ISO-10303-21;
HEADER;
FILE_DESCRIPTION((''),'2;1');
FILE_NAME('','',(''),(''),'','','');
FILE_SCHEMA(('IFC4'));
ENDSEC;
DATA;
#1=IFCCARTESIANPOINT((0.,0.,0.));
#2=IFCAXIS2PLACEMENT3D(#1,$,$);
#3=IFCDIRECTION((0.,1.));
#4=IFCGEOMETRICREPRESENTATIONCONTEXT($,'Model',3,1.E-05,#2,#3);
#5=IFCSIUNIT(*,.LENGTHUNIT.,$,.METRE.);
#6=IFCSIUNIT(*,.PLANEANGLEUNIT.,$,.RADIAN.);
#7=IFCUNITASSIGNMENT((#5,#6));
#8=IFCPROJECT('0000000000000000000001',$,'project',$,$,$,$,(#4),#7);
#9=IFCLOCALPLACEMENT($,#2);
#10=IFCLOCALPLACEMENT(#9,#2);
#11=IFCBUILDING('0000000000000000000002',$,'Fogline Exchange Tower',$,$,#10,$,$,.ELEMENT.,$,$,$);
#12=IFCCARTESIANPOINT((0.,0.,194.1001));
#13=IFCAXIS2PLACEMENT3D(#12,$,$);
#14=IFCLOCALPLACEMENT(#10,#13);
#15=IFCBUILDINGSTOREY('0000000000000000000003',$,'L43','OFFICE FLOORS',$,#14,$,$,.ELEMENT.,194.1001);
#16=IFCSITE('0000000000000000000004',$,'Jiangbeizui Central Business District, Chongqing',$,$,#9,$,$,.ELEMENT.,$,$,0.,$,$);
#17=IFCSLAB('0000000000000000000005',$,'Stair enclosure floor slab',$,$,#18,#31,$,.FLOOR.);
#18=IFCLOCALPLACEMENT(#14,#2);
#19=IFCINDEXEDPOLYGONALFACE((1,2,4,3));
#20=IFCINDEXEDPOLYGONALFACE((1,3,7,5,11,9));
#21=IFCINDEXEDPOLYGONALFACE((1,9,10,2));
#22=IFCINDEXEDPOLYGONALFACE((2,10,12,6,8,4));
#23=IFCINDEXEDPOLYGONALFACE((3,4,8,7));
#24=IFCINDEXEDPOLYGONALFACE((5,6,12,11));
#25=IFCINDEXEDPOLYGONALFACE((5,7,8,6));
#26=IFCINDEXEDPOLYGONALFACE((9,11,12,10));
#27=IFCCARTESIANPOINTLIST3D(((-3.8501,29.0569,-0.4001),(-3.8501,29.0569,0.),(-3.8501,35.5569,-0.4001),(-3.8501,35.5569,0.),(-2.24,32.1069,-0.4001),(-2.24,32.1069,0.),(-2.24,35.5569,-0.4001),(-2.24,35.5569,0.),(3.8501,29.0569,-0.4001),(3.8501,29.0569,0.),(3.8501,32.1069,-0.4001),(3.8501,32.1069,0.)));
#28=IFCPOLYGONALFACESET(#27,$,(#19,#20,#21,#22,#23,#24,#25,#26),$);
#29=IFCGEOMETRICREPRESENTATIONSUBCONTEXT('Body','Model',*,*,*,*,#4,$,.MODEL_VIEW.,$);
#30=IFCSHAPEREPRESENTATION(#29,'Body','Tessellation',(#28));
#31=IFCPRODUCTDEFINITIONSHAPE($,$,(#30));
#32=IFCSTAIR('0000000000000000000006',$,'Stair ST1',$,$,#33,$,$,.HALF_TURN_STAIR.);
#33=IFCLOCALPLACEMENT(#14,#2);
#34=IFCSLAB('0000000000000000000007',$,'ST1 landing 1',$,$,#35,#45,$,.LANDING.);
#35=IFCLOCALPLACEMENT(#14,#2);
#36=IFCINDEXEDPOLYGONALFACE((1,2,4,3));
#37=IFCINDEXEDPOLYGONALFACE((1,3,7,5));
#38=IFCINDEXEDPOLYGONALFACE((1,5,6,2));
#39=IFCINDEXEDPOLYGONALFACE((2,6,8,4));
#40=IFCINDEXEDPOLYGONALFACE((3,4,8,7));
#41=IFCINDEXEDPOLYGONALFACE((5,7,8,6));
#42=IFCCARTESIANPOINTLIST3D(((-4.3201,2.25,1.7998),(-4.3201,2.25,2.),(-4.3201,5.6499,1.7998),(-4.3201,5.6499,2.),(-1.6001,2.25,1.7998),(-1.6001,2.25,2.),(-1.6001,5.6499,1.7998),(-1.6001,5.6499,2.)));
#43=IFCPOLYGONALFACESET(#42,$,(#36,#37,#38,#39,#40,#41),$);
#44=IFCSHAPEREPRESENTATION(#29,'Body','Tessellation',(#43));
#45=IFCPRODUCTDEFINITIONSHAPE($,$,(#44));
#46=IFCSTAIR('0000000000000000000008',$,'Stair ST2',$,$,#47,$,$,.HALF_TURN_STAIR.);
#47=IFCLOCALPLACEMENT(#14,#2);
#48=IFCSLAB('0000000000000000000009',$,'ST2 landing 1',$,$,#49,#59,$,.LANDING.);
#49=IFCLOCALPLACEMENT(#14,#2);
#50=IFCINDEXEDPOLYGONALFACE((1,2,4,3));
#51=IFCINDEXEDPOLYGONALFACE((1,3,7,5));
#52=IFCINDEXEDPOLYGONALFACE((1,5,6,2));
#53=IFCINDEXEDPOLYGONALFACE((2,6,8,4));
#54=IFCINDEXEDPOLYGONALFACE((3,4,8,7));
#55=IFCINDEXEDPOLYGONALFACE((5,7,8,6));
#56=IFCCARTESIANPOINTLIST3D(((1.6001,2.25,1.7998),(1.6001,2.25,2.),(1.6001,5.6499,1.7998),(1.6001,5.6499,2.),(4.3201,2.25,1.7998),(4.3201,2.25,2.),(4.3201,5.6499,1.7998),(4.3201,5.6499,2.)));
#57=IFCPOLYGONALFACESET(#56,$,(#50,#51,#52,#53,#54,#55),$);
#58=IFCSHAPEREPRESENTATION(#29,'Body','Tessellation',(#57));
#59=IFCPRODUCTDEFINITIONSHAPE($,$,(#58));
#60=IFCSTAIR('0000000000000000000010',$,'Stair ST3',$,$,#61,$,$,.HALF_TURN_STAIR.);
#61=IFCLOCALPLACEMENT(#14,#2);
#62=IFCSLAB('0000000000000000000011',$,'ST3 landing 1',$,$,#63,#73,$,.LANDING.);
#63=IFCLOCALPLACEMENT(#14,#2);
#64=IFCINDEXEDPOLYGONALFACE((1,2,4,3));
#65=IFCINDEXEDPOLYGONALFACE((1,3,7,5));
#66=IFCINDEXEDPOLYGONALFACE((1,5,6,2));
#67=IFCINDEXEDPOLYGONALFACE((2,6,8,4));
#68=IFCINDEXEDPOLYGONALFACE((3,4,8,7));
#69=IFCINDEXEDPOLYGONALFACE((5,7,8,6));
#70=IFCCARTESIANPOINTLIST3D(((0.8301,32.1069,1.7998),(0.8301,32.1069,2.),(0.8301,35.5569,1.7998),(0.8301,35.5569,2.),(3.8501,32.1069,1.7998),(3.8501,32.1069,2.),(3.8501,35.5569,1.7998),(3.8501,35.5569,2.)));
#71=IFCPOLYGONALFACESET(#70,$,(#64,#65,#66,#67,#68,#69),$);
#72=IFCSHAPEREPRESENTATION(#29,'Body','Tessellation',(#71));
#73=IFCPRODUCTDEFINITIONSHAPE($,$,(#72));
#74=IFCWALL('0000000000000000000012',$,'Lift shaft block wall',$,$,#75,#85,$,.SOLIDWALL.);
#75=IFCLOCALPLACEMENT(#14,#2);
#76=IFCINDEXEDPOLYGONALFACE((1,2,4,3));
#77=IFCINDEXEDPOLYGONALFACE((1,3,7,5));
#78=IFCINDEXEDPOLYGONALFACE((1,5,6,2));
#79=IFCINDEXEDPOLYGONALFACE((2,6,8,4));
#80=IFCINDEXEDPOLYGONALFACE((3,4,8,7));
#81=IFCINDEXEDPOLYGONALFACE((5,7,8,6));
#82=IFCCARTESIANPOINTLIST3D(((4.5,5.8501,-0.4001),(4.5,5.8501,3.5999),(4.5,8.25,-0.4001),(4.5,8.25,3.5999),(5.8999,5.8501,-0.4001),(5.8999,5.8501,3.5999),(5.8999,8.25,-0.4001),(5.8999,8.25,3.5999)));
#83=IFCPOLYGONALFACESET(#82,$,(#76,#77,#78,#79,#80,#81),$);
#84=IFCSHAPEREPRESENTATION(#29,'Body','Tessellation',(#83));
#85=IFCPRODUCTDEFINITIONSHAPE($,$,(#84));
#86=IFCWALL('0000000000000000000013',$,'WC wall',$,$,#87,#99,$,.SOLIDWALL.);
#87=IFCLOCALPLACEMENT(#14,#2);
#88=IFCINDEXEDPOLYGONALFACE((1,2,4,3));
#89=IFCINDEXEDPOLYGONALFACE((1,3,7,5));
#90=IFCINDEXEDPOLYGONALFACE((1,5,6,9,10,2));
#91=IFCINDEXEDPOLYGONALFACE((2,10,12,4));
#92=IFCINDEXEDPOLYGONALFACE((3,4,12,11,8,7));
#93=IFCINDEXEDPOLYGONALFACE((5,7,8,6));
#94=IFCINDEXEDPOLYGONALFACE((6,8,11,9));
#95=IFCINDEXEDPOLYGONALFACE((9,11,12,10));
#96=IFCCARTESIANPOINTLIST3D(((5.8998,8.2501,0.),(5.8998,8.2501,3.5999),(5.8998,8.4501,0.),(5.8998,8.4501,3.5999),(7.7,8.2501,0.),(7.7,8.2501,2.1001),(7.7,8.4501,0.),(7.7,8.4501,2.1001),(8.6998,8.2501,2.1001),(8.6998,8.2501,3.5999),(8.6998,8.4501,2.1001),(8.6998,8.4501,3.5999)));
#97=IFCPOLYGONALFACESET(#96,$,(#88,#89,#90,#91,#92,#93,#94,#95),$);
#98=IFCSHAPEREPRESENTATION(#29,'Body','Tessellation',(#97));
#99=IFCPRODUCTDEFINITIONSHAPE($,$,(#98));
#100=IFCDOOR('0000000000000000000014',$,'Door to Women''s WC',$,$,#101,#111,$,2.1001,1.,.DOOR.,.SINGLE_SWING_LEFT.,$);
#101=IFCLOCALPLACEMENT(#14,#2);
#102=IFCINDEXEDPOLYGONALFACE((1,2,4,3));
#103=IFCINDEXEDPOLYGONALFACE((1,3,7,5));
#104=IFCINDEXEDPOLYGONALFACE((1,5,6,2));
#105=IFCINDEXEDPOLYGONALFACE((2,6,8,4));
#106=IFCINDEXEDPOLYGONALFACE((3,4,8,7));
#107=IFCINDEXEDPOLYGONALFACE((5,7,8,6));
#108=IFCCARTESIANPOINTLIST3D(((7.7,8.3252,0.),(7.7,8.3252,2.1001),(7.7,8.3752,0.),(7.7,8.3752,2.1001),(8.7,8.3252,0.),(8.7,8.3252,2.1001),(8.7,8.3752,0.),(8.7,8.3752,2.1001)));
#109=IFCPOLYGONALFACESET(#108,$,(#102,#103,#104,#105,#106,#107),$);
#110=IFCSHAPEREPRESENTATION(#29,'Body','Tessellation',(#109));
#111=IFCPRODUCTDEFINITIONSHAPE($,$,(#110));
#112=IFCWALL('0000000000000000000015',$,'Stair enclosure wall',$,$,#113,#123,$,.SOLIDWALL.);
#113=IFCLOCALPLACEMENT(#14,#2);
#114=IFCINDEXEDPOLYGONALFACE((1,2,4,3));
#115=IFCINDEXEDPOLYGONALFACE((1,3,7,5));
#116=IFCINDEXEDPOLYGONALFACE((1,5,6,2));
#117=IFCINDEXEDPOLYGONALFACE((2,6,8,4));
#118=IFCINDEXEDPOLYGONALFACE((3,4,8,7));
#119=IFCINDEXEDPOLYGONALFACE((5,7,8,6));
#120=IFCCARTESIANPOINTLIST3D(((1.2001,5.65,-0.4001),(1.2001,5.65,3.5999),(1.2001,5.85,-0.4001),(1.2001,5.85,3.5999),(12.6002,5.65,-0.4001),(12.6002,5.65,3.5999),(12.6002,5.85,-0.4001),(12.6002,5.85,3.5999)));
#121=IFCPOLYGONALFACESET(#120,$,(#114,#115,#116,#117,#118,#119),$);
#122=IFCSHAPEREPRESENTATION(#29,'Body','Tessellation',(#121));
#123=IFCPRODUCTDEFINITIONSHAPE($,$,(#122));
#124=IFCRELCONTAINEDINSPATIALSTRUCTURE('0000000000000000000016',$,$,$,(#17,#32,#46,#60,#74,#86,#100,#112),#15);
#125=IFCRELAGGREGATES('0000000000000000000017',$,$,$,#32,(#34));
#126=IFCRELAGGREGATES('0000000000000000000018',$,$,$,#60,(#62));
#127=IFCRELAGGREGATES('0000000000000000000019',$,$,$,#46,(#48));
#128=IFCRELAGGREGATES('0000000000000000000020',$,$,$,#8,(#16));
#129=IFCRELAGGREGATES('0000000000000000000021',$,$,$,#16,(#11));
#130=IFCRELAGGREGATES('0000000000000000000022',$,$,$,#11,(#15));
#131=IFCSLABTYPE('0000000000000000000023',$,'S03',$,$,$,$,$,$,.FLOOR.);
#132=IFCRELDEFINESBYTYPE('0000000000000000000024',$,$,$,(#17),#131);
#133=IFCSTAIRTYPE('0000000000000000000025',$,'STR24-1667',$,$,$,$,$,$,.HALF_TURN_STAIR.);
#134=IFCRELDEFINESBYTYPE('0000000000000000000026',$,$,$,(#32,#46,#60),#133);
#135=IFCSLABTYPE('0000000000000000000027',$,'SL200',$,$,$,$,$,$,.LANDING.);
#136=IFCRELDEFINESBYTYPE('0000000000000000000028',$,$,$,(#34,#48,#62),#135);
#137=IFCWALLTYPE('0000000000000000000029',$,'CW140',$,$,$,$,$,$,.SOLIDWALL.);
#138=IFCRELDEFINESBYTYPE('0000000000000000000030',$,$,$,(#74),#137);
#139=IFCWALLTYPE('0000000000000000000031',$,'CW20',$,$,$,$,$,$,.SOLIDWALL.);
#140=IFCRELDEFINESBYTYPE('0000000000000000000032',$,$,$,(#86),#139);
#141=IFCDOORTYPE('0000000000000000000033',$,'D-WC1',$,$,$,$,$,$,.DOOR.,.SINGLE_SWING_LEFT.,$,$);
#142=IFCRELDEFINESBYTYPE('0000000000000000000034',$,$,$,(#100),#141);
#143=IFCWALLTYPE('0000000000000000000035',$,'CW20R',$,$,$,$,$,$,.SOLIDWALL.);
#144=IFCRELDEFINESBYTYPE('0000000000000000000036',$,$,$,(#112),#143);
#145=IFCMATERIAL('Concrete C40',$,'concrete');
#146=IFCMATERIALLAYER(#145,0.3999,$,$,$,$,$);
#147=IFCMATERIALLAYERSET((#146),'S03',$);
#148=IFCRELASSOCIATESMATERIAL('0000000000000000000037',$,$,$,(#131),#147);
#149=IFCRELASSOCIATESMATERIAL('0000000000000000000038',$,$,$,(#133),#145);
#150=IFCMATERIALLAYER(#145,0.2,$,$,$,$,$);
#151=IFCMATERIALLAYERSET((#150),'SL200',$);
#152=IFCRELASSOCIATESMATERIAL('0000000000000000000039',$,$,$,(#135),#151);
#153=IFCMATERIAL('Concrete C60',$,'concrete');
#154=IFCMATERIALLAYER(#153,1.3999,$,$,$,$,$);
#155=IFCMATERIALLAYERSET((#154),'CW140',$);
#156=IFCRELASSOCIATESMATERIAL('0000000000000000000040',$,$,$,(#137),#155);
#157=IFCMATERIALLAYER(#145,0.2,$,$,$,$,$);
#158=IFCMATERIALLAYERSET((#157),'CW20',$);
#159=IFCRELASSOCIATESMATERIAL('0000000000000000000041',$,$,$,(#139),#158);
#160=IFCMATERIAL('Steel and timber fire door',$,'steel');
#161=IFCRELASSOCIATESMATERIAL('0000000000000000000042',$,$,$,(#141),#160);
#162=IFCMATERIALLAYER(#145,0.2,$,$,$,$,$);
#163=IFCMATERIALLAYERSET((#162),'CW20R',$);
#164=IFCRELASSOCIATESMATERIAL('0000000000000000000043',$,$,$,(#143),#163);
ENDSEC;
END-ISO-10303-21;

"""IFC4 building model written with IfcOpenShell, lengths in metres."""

from ifc_helpers import new_model, si_unit, direction, frame, frame_2d, origin, place, context, subcontext, project, spatial, polyline, rectangle, outline, extrude, material, layer, layer_set, type_object, element, fill, aggregate, save


model = new_model("IFC4")

# Units and contexts
model_context = context("Model", 3, precision=1e-05, world=origin(), true_north=direction((0.0, 1.0)))
body_context = subcontext(model_context, "Body", "Model", "MODEL_VIEW")
ifc_project = project(units=[si_unit("LENGTHUNIT", "METRE"), si_unit("PLANEANGLEUNIT", "RADIAN")], contexts=[model_context])

# Site, building, storey
site_placement = place(None, origin())
site = spatial("IfcSite", under=ifc_project, at=site_placement, Name="Jiangbeizui Central Business District, Chongqing", CompositionType="ELEMENT", RefElevation=0.0)
building_placement = place(site_placement, origin())
building = spatial("IfcBuilding", under=site, at=building_placement, Name="Fogline Exchange Tower", CompositionType="ELEMENT")
storey_placement = place(building_placement, frame((0.0, 0.0, 194.1001)))
storey = spatial("IfcBuildingStorey", under=building, at=storey_placement, Name="L43", Description="OFFICE FLOORS", CompositionType="ELEMENT", Elevation=194.1001)

# Slab
ifc_material_1 = material(Name="Concrete C40", Category="concrete")
ifc_layer_1 = layer(ifc_material_1, 0.3999)
ifc_layer_set_1 = layer_set([ifc_layer_1], Name="S03")
slab_type_1 = type_object("IfcSlabType", Name="S03", PredefinedType="FLOOR", material=ifc_layer_set_1)
slab_1_placement = place(storey_placement, frame((0.0, 0.0, -0.4001)))
element("IfcSlab", 1, at=slab_1_placement, inside=storey, type_object=slab_type_1, Name="Stair enclosure floor slab", PredefinedType="FLOOR", context=body_context, shape_type="SweptSolid", body=[
    extrude(outline(polyline([(3.8501, 29.0569), (-3.8501, 29.0569), (-3.8501, 35.5569), (-2.24, 35.5569), (-2.24, 32.1069), (3.8501, 32.1069), (3.8501, 29.0569)])), origin(), (0.0, 0.0, 1.0), 0.4001),
])

# Stairs, slabs
stair_type = type_object("IfcStairType", Name="STR24-1667", PredefinedType="HALF_TURN_STAIR", material=ifc_material_1)
stair_1_placement = place(storey_placement, origin())
stair_1 = element("IfcStair", 2, at=stair_1_placement, inside=storey, type_object=stair_type, Name="Stair ST1", PredefinedType="HALF_TURN_STAIR")
ifc_layer_2 = layer(ifc_material_1, 0.2)
ifc_layer_set_2 = layer_set([ifc_layer_2], Name="SL200")
slab_type_2 = type_object("IfcSlabType", Name="SL200", PredefinedType="LANDING", material=ifc_layer_set_2)
slab_2_placement = place(storey_placement, frame((0.0, 0.0, 1.7998)))
slab_2 = element("IfcSlab", 3, at=slab_2_placement, type_object=slab_type_2, Name="ST1 landing 1", PredefinedType="LANDING", context=body_context, shape_type="SweptSolid", body=[
    extrude(outline(polyline([(-4.3201, 2.25), (-1.6001, 2.25), (-1.6001, 5.6499), (-4.3201, 5.6499), (-4.3201, 2.25)])), origin(), (0.0, 0.0, 1.0), 0.2002),
])
aggregate(stair_1, [slab_2])
stair_2_placement = place(storey_placement, origin())
stair_2 = element("IfcStair", 4, at=stair_2_placement, inside=storey, type_object=stair_type, Name="Stair ST2", PredefinedType="HALF_TURN_STAIR")
slab_3_placement = place(storey_placement, frame((0.0, 0.0, 1.7998)))
slab_3 = element("IfcSlab", 5, at=slab_3_placement, type_object=slab_type_2, Name="ST2 landing 1", PredefinedType="LANDING", context=body_context, shape_type="SweptSolid", body=[
    extrude(outline(polyline([(1.6001, 2.25), (4.3201, 2.25), (4.3201, 5.6499), (1.6001, 5.6499), (1.6001, 2.25)])), origin(), (0.0, 0.0, 1.0), 0.2002),
])
stair_3_placement = place(storey_placement, origin())
stair_3 = element("IfcStair", 6, at=stair_3_placement, inside=storey, type_object=stair_type, Name="Stair ST3", PredefinedType="HALF_TURN_STAIR")
slab_4_placement = place(storey_placement, frame((0.0, 0.0, 1.7998)))
slab_4 = element("IfcSlab", 7, at=slab_4_placement, type_object=slab_type_2, Name="ST3 landing 1", PredefinedType="LANDING", context=body_context, shape_type="SweptSolid", body=[
    extrude(outline(polyline([(0.8301, 32.1069), (3.8501, 32.1069), (3.8501, 35.5569), (0.8301, 35.5569), (0.8301, 32.1069)])), origin(), (0.0, 0.0, 1.0), 0.2002),
])
aggregate(stair_3, [slab_4])

# Wall
ifc_material_2 = material(Name="Concrete C60", Category="concrete")
ifc_layer_3 = layer(ifc_material_2, 1.3999)
ifc_layer_set_3 = layer_set([ifc_layer_3], Name="CW140")
wall_type_1 = type_object("IfcWallType", Name="CW140", PredefinedType="SOLIDWALL", material=ifc_layer_set_3)
wall_1_placement = place(storey_placement, frame((5.2, 5.8501, -0.4001), z_axis=(0.0, 0.0, 1.0), x_axis=(0.0, 1.0, 0.0)))
element("IfcWall", 8, at=wall_1_placement, inside=storey, type_object=wall_type_1, Name="Lift shaft block wall", PredefinedType="SOLIDWALL", context=body_context, shape_type="SweptSolid", body=[
    extrude(rectangle(XDim=2.3999, YDim=1.3999, at=frame_2d((1.2, 0.0))), origin(), (0.0, 0.0, 1.0), 4.0),
])

# Wall, opening, door
ifc_layer_4 = layer(ifc_material_1, 0.2)
ifc_layer_set_4 = layer_set([ifc_layer_4], Name="CW20")
wall_type_2 = type_object("IfcWallType", Name="CW20", PredefinedType="SOLIDWALL", material=ifc_layer_set_4)
wall_2_placement = place(storey_placement, frame((5.8999, 8.3501, 0.0), z_axis=(0.0, 0.0, 1.0), x_axis=(1.0, 0.0, 0.0)))
wall_2 = element("IfcWall", 9, at=wall_2_placement, inside=storey, type_object=wall_type_2, Name="WC wall", PredefinedType="SOLIDWALL", context=body_context, shape_type="SweptSolid", body=[
    extrude(rectangle(XDim=2.8, YDim=0.2, at=frame_2d((1.3999, 0.0))), origin(), (0.0, 0.0, 1.0), 3.5999),
])
opening_1_placement = place(wall_2_placement, frame((1.8, 0.0, 0.0)))
opening_1 = element("IfcOpeningElement", 10, at=opening_1_placement, cuts=wall_2, PredefinedType="OPENING", context=body_context, shape_type="SweptSolid", body=[
    extrude(rectangle(XDim=1.0, YDim=2.1001, at=frame_2d((0.5, 1.05))), frame((0.0, 0.1099, 0.0), z_axis=(0.0, -1.0, 0.0), x_axis=(1.0, 0.0, 0.0)), (0.0, 0.0, 1.0), 0.22),
])
ifc_material_3 = material(Name="Steel and timber fire door", Category="steel")
door_type_1 = type_object("IfcDoorType", Name="D-WC1", OperationType="SINGLE_SWING_LEFT", PredefinedType="DOOR", material=ifc_material_3)
door_1_placement = place(opening_1_placement, frame((1.0, 0.0, 0.0), z_axis=(0.0, 0.0, 1.0), x_axis=(-1.0, 0.0, 0.0)))
door_1 = element("IfcDoor", 11, at=door_1_placement, inside=storey, type_object=door_type_1, Name="Door to Women's WC", OperationType="SINGLE_SWING_LEFT", OverallHeight=2.1001, OverallWidth=1.0, PredefinedType="DOOR", context=body_context, shape_type="SweptSolid", body=[
    extrude(rectangle(XDim=1.0, YDim=2.1001, at=frame_2d((0.5, 1.05))), frame((0.0, 0.0249, 0.0), z_axis=(0.0, -1.0, 0.0), x_axis=(1.0, 0.0, 0.0)), (0.0, 0.0, 1.0), 0.05),
])
fill(opening_1, door_1)

# Wall
ifc_layer_5 = layer(ifc_material_1, 0.2)
ifc_layer_set_5 = layer_set([ifc_layer_5], Name="CW20R")
wall_type_3 = type_object("IfcWallType", Name="CW20R", PredefinedType="SOLIDWALL", material=ifc_layer_set_5)
wall_3_placement = place(storey_placement, frame((1.2, 5.75, -0.4001), z_axis=(0.0, 0.0, 1.0), x_axis=(1.0, 0.0, 0.0)))
element("IfcWall", 12, at=wall_3_placement, inside=storey, type_object=wall_type_3, Name="Stair enclosure wall", PredefinedType="SOLIDWALL", context=body_context, shape_type="SweptSolid", body=[
    extrude(rectangle(XDim=11.4001, YDim=0.2, at=frame_2d((5.7002, 0.0))), origin(), (0.0, 0.0, 1.0), 4.0),
])

aggregate(stair_2, [slab_3])

save(model, "model.ifc")
